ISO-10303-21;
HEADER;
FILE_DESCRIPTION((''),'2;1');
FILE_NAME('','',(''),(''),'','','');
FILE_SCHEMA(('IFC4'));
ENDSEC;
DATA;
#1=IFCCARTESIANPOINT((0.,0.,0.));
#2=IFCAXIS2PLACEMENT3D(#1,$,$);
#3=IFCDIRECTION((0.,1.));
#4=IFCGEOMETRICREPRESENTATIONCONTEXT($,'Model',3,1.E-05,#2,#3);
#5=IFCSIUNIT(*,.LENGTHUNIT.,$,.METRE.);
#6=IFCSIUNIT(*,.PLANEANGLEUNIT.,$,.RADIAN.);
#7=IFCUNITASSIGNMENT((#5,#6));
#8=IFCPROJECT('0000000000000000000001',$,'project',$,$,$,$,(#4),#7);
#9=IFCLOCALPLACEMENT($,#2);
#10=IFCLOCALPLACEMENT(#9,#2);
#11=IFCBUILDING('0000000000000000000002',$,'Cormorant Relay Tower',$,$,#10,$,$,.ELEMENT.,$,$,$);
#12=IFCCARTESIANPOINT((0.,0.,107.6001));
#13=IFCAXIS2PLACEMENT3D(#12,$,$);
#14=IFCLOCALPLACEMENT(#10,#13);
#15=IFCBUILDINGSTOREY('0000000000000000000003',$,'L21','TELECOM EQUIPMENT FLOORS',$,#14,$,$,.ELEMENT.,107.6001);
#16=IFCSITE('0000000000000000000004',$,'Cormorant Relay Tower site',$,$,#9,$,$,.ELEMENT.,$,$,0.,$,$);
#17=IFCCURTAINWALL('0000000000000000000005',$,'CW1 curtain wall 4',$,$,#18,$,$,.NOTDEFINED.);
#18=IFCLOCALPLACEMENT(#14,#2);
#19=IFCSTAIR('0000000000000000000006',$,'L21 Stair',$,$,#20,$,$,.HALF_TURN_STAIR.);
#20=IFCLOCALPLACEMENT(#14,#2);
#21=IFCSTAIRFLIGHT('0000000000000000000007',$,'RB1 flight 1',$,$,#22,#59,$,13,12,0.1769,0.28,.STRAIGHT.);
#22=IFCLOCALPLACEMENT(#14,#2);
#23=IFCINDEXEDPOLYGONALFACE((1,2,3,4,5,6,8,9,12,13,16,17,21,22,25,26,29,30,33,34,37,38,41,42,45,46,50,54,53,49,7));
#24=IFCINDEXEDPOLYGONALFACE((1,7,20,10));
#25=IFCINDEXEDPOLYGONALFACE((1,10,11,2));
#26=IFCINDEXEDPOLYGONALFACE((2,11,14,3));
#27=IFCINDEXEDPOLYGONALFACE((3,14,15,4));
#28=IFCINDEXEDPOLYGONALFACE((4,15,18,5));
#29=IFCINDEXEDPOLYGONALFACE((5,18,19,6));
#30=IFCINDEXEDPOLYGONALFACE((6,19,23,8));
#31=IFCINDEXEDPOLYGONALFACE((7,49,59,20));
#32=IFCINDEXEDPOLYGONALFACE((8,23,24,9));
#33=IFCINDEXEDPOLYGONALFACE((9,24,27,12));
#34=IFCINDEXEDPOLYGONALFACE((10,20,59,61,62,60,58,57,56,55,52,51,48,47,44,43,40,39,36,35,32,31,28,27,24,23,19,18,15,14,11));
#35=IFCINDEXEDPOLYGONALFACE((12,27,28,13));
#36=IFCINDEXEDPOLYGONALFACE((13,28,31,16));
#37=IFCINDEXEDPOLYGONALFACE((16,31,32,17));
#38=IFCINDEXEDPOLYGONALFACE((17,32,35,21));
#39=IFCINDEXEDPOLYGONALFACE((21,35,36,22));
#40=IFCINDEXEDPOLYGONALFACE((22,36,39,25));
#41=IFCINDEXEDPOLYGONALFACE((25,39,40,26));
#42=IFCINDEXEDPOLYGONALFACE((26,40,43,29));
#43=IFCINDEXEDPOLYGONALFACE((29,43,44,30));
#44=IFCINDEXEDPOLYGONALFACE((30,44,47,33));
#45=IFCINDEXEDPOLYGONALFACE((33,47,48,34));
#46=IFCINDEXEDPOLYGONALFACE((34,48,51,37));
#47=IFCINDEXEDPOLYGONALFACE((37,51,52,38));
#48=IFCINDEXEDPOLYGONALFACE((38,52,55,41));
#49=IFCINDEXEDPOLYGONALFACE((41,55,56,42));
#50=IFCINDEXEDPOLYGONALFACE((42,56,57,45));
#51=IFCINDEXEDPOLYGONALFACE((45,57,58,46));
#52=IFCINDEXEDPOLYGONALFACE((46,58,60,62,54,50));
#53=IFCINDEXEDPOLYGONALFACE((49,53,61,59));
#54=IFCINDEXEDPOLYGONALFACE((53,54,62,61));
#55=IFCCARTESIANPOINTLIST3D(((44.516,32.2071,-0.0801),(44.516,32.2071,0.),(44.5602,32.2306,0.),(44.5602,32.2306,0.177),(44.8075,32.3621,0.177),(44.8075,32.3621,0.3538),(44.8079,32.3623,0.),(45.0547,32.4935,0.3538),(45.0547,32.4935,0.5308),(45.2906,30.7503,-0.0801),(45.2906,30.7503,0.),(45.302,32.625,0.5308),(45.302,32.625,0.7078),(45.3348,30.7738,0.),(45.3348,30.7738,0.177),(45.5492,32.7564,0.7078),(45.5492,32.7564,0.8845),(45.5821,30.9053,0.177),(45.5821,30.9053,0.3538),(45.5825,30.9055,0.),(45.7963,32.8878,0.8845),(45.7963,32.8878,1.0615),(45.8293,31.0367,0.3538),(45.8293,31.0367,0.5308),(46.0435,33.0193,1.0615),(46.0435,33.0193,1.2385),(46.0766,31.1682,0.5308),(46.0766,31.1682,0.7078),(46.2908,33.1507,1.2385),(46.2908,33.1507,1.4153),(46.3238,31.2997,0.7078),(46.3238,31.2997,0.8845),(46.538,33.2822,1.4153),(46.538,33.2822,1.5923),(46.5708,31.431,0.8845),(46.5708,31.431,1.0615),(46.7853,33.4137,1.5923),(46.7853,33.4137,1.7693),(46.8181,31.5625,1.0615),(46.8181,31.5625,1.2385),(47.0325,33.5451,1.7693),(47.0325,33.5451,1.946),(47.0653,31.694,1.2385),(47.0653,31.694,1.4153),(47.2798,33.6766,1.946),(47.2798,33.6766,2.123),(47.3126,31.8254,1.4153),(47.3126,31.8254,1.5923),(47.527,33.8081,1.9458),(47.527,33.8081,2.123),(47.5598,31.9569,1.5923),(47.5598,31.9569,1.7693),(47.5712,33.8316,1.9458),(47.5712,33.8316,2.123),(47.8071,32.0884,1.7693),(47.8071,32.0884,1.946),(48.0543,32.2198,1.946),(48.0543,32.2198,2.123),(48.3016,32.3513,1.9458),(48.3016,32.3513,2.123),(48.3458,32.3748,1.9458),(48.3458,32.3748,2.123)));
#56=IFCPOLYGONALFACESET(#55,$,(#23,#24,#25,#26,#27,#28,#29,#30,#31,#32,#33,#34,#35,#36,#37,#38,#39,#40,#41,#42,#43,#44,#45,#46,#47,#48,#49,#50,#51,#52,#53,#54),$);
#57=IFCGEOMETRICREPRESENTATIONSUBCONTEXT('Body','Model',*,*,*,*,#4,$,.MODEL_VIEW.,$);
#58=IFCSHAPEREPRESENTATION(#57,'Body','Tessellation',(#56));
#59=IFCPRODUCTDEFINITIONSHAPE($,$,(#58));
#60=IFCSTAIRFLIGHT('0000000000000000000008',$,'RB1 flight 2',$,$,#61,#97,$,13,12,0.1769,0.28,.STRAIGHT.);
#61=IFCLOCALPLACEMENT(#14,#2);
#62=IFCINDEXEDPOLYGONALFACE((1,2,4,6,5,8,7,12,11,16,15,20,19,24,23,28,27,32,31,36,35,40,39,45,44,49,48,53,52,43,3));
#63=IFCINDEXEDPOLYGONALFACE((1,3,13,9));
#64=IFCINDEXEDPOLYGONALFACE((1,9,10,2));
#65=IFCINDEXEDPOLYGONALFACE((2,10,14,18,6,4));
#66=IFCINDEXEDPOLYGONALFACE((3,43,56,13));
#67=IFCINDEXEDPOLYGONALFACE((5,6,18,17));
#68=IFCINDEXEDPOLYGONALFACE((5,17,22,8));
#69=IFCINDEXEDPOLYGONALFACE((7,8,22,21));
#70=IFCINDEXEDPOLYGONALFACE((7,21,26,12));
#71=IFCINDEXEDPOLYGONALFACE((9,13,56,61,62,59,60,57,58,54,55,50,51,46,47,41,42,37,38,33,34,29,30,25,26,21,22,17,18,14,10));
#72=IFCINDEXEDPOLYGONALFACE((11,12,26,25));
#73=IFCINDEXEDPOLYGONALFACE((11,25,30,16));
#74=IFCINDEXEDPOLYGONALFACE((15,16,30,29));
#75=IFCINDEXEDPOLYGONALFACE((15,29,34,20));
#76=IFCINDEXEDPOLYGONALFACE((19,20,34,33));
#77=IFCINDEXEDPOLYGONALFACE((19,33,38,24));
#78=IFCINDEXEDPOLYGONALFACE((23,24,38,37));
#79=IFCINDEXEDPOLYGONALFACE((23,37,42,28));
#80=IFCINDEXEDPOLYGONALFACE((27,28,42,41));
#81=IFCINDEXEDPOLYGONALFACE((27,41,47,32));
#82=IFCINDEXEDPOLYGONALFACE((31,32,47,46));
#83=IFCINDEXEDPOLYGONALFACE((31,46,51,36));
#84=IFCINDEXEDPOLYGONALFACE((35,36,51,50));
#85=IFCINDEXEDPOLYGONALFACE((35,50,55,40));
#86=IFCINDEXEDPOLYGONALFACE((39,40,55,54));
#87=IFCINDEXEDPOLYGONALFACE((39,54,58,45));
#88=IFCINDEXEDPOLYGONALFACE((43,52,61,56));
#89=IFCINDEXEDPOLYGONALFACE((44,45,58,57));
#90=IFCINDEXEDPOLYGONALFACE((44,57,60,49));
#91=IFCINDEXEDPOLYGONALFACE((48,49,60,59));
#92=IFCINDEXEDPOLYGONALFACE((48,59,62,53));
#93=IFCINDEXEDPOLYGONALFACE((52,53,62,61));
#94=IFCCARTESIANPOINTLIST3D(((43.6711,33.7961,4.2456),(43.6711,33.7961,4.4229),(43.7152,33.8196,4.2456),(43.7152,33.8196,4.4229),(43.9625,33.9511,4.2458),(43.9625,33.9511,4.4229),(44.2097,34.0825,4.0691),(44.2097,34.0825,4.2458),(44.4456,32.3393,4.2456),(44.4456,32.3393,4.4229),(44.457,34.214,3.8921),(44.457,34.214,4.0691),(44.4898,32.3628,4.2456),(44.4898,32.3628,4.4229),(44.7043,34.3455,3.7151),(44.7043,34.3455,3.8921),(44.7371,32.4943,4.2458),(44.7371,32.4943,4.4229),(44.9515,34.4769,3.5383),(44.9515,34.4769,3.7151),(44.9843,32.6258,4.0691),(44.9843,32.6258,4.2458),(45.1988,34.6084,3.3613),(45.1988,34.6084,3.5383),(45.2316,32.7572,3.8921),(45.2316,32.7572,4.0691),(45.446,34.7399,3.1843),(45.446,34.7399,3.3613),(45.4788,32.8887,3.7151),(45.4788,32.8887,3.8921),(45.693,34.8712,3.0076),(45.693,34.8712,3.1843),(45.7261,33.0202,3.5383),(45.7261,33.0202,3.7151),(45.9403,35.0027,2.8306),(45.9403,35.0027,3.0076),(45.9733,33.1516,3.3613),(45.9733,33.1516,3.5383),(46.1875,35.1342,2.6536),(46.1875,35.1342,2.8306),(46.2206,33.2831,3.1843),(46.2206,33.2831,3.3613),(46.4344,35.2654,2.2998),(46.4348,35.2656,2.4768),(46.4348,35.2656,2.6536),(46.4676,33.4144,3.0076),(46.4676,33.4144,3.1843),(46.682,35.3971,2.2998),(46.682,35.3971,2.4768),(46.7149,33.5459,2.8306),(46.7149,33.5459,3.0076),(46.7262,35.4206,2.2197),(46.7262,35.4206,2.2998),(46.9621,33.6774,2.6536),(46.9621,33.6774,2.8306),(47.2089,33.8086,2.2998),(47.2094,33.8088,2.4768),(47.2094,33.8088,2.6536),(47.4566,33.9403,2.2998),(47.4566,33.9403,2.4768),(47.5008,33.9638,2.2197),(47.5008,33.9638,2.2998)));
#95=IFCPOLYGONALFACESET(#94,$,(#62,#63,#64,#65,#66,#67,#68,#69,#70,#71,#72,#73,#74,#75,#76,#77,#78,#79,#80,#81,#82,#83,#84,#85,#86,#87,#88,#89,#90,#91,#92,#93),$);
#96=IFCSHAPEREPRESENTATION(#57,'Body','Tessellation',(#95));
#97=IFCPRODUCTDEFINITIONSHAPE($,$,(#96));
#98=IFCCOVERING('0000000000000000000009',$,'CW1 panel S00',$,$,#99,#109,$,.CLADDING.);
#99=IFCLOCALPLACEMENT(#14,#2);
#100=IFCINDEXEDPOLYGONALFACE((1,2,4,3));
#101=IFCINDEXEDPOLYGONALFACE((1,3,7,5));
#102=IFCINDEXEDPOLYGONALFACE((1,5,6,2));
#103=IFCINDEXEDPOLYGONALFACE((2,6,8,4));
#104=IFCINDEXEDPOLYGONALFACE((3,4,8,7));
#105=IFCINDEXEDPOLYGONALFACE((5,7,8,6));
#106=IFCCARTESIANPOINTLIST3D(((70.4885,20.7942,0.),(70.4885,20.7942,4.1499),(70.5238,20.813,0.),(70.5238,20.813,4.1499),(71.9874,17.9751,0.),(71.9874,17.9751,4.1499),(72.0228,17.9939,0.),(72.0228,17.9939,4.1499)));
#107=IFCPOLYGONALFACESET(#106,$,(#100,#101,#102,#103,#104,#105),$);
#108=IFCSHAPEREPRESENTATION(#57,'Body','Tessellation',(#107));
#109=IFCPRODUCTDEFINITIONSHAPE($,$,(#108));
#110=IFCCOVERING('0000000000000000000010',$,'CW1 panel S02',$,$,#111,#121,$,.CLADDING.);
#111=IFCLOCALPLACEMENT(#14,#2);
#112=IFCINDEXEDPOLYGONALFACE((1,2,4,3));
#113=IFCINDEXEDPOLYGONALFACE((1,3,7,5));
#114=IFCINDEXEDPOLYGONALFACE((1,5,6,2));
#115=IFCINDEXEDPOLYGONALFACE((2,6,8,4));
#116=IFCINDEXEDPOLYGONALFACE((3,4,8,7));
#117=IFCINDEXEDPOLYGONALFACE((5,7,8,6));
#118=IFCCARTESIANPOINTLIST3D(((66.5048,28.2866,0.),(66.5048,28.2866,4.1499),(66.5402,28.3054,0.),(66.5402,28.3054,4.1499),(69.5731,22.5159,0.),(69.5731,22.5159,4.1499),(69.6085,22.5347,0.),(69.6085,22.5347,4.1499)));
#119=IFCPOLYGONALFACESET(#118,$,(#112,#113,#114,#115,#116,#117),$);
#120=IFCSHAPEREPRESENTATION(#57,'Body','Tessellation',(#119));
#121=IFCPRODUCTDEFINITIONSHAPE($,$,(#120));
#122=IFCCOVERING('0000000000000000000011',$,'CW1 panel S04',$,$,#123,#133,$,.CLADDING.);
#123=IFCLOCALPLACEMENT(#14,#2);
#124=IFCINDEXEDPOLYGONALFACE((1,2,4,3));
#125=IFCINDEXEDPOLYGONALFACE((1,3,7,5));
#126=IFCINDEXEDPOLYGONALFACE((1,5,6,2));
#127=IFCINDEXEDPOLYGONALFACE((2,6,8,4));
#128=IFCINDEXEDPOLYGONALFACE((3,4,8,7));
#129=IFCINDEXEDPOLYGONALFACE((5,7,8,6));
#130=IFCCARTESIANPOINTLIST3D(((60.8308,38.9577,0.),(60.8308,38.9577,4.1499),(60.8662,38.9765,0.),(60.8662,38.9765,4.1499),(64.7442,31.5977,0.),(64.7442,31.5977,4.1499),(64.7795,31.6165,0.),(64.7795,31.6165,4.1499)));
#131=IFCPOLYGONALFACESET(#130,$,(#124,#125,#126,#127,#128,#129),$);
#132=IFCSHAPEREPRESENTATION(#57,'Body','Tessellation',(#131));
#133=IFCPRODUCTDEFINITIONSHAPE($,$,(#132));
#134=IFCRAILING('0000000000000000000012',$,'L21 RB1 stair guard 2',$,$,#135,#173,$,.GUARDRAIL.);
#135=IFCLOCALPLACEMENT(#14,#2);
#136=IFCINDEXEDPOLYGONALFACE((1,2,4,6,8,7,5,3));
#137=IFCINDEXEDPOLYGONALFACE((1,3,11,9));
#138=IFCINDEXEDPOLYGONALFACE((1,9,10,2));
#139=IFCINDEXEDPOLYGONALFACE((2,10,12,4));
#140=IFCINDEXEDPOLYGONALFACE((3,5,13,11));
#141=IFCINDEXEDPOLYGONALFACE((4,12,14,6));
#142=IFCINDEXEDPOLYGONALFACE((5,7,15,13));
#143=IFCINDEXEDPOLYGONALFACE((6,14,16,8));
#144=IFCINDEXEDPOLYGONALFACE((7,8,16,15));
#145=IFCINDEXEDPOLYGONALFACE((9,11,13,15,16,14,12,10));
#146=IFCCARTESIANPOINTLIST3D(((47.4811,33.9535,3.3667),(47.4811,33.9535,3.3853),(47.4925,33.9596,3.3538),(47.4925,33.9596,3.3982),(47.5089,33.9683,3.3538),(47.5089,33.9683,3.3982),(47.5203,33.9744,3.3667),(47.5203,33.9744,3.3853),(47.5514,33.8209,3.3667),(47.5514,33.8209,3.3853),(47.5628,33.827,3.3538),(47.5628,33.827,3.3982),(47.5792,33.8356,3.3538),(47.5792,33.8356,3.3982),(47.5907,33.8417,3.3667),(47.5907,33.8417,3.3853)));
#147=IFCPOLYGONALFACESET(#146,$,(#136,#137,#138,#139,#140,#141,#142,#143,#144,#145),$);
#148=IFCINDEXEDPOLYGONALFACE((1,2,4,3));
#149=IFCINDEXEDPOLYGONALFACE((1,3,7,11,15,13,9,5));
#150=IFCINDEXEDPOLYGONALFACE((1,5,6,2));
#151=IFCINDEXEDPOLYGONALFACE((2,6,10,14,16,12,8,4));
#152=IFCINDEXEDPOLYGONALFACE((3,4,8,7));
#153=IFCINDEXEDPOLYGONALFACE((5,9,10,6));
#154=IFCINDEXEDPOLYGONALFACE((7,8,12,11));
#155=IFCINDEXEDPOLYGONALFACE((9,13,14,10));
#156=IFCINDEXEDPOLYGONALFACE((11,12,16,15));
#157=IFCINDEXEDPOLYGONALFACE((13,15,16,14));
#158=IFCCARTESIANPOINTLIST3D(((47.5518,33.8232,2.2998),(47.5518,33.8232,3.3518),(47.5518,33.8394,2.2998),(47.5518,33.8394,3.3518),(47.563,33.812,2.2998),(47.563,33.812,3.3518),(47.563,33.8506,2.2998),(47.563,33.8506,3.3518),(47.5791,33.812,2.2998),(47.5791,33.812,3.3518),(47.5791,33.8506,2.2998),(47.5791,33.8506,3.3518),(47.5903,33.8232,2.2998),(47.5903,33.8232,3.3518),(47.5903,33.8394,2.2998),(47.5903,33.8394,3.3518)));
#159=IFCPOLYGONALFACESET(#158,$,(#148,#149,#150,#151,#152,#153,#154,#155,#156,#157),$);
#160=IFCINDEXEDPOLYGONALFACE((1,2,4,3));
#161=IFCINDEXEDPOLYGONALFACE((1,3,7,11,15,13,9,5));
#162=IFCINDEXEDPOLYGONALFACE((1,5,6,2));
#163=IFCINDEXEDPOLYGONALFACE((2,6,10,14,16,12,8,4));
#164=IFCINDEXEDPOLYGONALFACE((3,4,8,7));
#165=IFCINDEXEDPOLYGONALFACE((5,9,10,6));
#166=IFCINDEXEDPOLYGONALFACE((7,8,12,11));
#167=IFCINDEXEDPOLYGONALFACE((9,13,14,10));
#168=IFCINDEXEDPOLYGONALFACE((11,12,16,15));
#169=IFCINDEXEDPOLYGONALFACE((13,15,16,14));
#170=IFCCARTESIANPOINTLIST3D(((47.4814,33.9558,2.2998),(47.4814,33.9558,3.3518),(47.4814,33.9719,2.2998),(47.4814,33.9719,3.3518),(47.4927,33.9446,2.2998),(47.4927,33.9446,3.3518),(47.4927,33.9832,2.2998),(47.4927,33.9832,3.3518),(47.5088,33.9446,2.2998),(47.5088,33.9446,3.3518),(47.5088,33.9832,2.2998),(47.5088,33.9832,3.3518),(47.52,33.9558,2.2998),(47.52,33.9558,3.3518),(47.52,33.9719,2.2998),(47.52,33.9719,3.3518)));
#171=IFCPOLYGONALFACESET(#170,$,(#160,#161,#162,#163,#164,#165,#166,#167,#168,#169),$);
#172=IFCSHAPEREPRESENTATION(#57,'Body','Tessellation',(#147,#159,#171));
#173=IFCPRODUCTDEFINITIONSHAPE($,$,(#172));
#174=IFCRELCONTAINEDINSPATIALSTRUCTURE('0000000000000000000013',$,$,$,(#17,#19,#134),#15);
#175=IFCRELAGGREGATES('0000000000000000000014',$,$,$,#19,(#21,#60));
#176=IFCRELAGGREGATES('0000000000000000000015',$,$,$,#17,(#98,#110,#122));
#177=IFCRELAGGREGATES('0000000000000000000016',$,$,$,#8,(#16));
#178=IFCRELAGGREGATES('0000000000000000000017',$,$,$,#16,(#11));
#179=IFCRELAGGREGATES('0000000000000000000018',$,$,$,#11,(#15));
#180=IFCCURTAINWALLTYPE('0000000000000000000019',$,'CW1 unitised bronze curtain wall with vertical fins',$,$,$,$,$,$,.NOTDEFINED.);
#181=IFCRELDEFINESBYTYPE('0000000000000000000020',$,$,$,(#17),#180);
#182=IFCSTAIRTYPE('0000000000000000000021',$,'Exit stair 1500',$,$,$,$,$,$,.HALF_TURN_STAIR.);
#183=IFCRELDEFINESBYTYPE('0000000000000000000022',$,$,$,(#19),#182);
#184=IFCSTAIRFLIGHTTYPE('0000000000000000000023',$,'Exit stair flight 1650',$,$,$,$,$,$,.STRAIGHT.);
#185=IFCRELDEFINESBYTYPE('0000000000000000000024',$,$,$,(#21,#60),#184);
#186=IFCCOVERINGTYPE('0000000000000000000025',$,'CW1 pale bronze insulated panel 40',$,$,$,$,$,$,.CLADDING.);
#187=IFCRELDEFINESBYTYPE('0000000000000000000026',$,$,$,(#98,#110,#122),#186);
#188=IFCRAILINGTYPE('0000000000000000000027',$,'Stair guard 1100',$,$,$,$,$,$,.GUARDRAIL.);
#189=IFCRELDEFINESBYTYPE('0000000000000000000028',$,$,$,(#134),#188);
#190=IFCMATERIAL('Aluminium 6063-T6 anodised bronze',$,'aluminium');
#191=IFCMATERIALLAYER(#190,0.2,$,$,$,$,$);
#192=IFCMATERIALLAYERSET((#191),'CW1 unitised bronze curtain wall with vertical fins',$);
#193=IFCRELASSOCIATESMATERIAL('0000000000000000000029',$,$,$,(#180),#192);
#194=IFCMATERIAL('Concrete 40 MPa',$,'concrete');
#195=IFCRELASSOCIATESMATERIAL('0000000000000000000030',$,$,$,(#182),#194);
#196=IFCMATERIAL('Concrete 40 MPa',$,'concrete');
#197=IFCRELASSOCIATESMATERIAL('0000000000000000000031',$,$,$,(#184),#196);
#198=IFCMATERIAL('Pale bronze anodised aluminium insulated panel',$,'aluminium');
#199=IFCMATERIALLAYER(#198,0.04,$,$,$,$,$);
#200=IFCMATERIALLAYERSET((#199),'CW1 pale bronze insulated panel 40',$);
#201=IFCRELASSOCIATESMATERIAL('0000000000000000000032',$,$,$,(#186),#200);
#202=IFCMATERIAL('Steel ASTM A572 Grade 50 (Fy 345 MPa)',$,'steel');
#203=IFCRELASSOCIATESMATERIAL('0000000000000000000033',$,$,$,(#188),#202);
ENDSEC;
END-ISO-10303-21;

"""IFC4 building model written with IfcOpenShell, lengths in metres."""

from ifc_helpers import new_model, si_unit, direction, frame, origin, origin_2d, place, context, subcontext, project, spatial, polyline, rectangle, outline, extrude, material, layer, layer_set, type_object, element, aggregate, save


model = new_model("IFC4")

# Units and contexts
model_context = context("Model", 3, precision=1e-05, world=origin(), true_north=direction((0.0, 1.0)))
body_context = subcontext(model_context, "Body", "Model", "MODEL_VIEW")
ifc_project = project(units=[si_unit("LENGTHUNIT", "METRE"), si_unit("PLANEANGLEUNIT", "RADIAN")], contexts=[model_context])

# Site, building, storey
site_placement = place(None, origin())
site = spatial("IfcSite", under=ifc_project, at=site_placement, Name="Cormorant Relay Tower site", CompositionType="ELEMENT", RefElevation=0.0)
building_placement = place(site_placement, origin())
building = spatial("IfcBuilding", under=site, at=building_placement, Name="Cormorant Relay Tower", CompositionType="ELEMENT")
storey_placement = place(building_placement, frame((0.0, 0.0, 107.6001)))
storey = spatial("IfcBuildingStorey", under=building, at=storey_placement, Name="L21", Description="TELECOM EQUIPMENT FLOORS", CompositionType="ELEMENT", Elevation=107.6001)

# Curtain wall
ifc_material_1 = material(Name="Aluminium 6063-T6 anodised bronze", Category="aluminium")
ifc_layer_1 = layer(ifc_material_1, 0.2)
ifc_layer_set_1 = layer_set([ifc_layer_1], Name="CW1 unitised bronze curtain wall with vertical fins")
curtain_wall_type = type_object("IfcCurtainWallType", Name="CW1 unitised bronze curtain wall with vertical fins", PredefinedType="NOTDEFINED", material=ifc_layer_set_1)
curtain_wall_placement = place(storey_placement, origin())
curtain_wall = element("IfcCurtainWall", 1, at=curtain_wall_placement, inside=storey, type_object=curtain_wall_type, Name="CW1 curtain wall 4", PredefinedType="NOTDEFINED")

# Stair, stair flights
ifc_material_2 = material(Name="Concrete 40 MPa", Category="concrete")
stair_type = type_object("IfcStairType", Name="Exit stair 1500", PredefinedType="HALF_TURN_STAIR", material=ifc_material_2)
stair_placement = place(storey_placement, origin())
stair = element("IfcStair", 2, at=stair_placement, inside=storey, type_object=stair_type, Name="L21 Stair", PredefinedType="HALF_TURN_STAIR")
ifc_material_3 = material(Name="Concrete 40 MPa", Category="concrete")
stair_flight_type = type_object("IfcStairFlightType", Name="Exit stair flight 1650", PredefinedType="STRAIGHT", material=ifc_material_3)
stair_flight_1_placement = place(storey_placement, frame((44.9475, 31.5022, 0.0), z_axis=(0.0, 0.0, 1.0), x_axis=(0.882948, 0.469472, 0.0)))
stair_flight_1 = element("IfcStairFlight", 3, at=stair_flight_1_placement, type_object=stair_flight_type, Name="RB1 flight 1", NumberOfRisers=13, NumberOfTreads=12, PredefinedType="STRAIGHT", RiserHeight=0.1769, TreadLength=0.28, context=body_context, shape_type="SweptSolid", body=[
    extrude(outline(polyline([(-0.05, -0.0801), (-0.05, 0.0), (0.0, 0.0), (0.0, 0.177), (0.28, 0.177), (0.28, 0.3538), (0.5601, 0.3538), (0.5601, 0.5308), (0.8401, 0.5308), (0.8401, 0.7078), (1.1201, 0.7078), (1.1201, 0.8845), (1.3999, 0.8845), (1.3999, 1.0615), (1.6799, 1.0615), (1.6799, 1.2385), (1.96, 1.2385), (1.96, 1.4153), (2.24, 1.4153), (2.24, 1.5923), (2.52, 1.5923), (2.52, 1.7693), (2.8, 1.7693), (2.8, 1.946), (3.0801, 1.946), (3.0801, 2.123), (3.3601, 2.123), (3.4102, 2.123), (3.4102, 1.9458), (3.3601, 1.9458), (0.2805, 0.0), (-0.05, -0.0801)])), frame((0.0, 0.825, 0.0), z_axis=(0.0, -1.0, 0.0), x_axis=(1.0, 0.0, 0.0)), (0.0, 0.0, 1.0), 1.6499),
])
stair_flight_2_placement = place(storey_placement, frame((47.0693, 34.6687, 2.2998), z_axis=(0.0, 0.0, 1.0), x_axis=(-0.882948, -0.469472, 0.0)))
stair_flight_2 = element("IfcStairFlight", 4, at=stair_flight_2_placement, type_object=stair_flight_type, Name="RB1 flight 2", NumberOfRisers=13, NumberOfTreads=12, PredefinedType="STRAIGHT", RiserHeight=0.1769, TreadLength=0.28, context=body_context, shape_type="SweptSolid", body=[
    extrude(outline(polyline([(-0.05, -0.0801), (-0.05, 0.0), (0.0, 0.0), (0.0, 0.177), (0.28, 0.177), (0.28, 0.3538), (0.5601, 0.3538), (0.5601, 0.5308), (0.8401, 0.5308), (0.8401, 0.7078), (1.1201, 0.7078), (1.1201, 0.8845), (1.3999, 0.8845), (1.3999, 1.0615), (1.6799, 1.0615), (1.6799, 1.2385), (1.96, 1.2385), (1.96, 1.4153), (2.24, 1.4153), (2.24, 1.5923), (2.52, 1.5923), (2.52, 1.7693), (2.8, 1.7693), (2.8, 1.946), (3.0801, 1.946), (3.0801, 2.123), (3.3601, 2.123), (3.4102, 2.123), (3.4102, 1.9458), (3.3601, 1.9458), (0.2805, 0.0), (-0.05, -0.0801)])), frame((0.0, 0.825, 0.0), z_axis=(0.0, -1.0, 0.0), x_axis=(1.0, 0.0, 0.0)), (0.0, 0.0, 1.0), 1.6499),
])
aggregate(stair, [stair_flight_1, stair_flight_2])

# Coverings
ifc_material_4 = material(Name="Pale bronze anodised aluminium insulated panel", Category="aluminium")
ifc_layer_2 = layer(ifc_material_4, 0.04)
ifc_layer_set_2 = layer_set([ifc_layer_2], Name="CW1 pale bronze insulated panel 40")
covering_type = type_object("IfcCoveringType", Name="CW1 pale bronze insulated panel 40", PredefinedType="CLADDING", material=ifc_layer_set_2)
covering_1_placement = place(storey_placement, frame((71.2556, 19.394, 0.0), z_axis=(0.0, 0.0, 1.0), x_axis=(-0.469472, 0.882948, 0.0)))
covering_1 = element("IfcCovering", 5, at=covering_1_placement, type_object=covering_type, Name="CW1 panel S00", PredefinedType="CLADDING", context=body_context, shape_type="SweptSolid", body=[
    extrude(rectangle(XDim=3.1929, YDim=0.04, at=origin_2d()), origin(), (0.0, 0.0, 1.0), 4.1499),
])
covering_2_placement = place(storey_placement, frame((68.0566, 25.4106, 0.0), z_axis=(0.0, 0.0, 1.0), x_axis=(-0.469472, 0.882948, 0.0)))
covering_2 = element("IfcCovering", 6, at=covering_2_placement, type_object=covering_type, Name="CW1 panel S02", PredefinedType="CLADDING", context=body_context, shape_type="SweptSolid", body=[
    extrude(rectangle(XDim=6.5356, YDim=0.04, at=origin_2d()), origin(), (0.0, 0.0, 1.0), 4.1499),
])
covering_3_placement = place(storey_placement, frame((62.8052, 35.2871, 0.0), z_axis=(0.0, 0.0, 1.0), x_axis=(-0.469472, 0.882948, 0.0)))
covering_3 = element("IfcCovering", 7, at=covering_3_placement, type_object=covering_type, Name="CW1 panel S04", PredefinedType="CLADDING", context=body_context, shape_type="SweptSolid", body=[
    extrude(rectangle(XDim=8.3357, YDim=0.04, at=origin_2d()), origin(), (0.0, 0.0, 1.0), 4.1499),
])
aggregate(curtain_wall, [covering_1, covering_2, covering_3])

# Railing
ifc_material_5 = material(Name="Steel ASTM A572 Grade 50 (Fy 345 MPa)", Category="steel")
railing_type_1 = type_object("IfcRailingType", Name="Stair guard 1100", PredefinedType="GUARDRAIL", material=ifc_material_5)
railing_1_placement = place(storey_placement, frame((47.571, 33.8313, 2.2998)))
element("IfcRailing", 8, at=railing_1_placement, inside=storey, type_object=railing_type_1, Name="L21 RB1 stair guard 2", PredefinedType="GUARDRAIL", context=body_context, shape_type="SweptSolid", body=[
    extrude(outline(polyline([(0.0222, 0.0093), (0.0093, 0.0222), (-0.0093, 0.0222), (-0.0222, 0.0093), (-0.0222, -0.0093), (-0.0093, -0.0222), (0.0093, -0.0222), (0.0222, -0.0093), (0.0222, 0.0093)])), frame((0.0, 0.0, 1.0762), z_axis=(-0.46856, 0.883431, 0.0), x_axis=(-0.883431, -0.46856, 0.0)), (0.0, 0.0, 1.0), 0.1501),
    extrude(outline(polyline([(0.0193, 0.0081), (0.0081, 0.0193), (-0.0081, 0.0193), (-0.0193, 0.0081), (-0.0193, -0.0081), (-0.0081, -0.0193), (0.0081, -0.0193), (0.0193, -0.0081), (0.0193, 0.0081)])), origin(), (0.0, 0.0, 1.0), 1.052),
    extrude(outline(polyline([(0.0193, 0.0081), (0.0081, 0.0193), (-0.0081, 0.0193), (-0.0193, 0.0081), (-0.0193, -0.0081), (-0.0081, -0.0193), (0.0081, -0.0193), (0.0193, -0.0081), (0.0193, 0.0081)])), frame((-0.0703, 0.1326, 0.0)), (0.0, 0.0, 1.0), 1.052),
])

save(model, "model.ifc")
